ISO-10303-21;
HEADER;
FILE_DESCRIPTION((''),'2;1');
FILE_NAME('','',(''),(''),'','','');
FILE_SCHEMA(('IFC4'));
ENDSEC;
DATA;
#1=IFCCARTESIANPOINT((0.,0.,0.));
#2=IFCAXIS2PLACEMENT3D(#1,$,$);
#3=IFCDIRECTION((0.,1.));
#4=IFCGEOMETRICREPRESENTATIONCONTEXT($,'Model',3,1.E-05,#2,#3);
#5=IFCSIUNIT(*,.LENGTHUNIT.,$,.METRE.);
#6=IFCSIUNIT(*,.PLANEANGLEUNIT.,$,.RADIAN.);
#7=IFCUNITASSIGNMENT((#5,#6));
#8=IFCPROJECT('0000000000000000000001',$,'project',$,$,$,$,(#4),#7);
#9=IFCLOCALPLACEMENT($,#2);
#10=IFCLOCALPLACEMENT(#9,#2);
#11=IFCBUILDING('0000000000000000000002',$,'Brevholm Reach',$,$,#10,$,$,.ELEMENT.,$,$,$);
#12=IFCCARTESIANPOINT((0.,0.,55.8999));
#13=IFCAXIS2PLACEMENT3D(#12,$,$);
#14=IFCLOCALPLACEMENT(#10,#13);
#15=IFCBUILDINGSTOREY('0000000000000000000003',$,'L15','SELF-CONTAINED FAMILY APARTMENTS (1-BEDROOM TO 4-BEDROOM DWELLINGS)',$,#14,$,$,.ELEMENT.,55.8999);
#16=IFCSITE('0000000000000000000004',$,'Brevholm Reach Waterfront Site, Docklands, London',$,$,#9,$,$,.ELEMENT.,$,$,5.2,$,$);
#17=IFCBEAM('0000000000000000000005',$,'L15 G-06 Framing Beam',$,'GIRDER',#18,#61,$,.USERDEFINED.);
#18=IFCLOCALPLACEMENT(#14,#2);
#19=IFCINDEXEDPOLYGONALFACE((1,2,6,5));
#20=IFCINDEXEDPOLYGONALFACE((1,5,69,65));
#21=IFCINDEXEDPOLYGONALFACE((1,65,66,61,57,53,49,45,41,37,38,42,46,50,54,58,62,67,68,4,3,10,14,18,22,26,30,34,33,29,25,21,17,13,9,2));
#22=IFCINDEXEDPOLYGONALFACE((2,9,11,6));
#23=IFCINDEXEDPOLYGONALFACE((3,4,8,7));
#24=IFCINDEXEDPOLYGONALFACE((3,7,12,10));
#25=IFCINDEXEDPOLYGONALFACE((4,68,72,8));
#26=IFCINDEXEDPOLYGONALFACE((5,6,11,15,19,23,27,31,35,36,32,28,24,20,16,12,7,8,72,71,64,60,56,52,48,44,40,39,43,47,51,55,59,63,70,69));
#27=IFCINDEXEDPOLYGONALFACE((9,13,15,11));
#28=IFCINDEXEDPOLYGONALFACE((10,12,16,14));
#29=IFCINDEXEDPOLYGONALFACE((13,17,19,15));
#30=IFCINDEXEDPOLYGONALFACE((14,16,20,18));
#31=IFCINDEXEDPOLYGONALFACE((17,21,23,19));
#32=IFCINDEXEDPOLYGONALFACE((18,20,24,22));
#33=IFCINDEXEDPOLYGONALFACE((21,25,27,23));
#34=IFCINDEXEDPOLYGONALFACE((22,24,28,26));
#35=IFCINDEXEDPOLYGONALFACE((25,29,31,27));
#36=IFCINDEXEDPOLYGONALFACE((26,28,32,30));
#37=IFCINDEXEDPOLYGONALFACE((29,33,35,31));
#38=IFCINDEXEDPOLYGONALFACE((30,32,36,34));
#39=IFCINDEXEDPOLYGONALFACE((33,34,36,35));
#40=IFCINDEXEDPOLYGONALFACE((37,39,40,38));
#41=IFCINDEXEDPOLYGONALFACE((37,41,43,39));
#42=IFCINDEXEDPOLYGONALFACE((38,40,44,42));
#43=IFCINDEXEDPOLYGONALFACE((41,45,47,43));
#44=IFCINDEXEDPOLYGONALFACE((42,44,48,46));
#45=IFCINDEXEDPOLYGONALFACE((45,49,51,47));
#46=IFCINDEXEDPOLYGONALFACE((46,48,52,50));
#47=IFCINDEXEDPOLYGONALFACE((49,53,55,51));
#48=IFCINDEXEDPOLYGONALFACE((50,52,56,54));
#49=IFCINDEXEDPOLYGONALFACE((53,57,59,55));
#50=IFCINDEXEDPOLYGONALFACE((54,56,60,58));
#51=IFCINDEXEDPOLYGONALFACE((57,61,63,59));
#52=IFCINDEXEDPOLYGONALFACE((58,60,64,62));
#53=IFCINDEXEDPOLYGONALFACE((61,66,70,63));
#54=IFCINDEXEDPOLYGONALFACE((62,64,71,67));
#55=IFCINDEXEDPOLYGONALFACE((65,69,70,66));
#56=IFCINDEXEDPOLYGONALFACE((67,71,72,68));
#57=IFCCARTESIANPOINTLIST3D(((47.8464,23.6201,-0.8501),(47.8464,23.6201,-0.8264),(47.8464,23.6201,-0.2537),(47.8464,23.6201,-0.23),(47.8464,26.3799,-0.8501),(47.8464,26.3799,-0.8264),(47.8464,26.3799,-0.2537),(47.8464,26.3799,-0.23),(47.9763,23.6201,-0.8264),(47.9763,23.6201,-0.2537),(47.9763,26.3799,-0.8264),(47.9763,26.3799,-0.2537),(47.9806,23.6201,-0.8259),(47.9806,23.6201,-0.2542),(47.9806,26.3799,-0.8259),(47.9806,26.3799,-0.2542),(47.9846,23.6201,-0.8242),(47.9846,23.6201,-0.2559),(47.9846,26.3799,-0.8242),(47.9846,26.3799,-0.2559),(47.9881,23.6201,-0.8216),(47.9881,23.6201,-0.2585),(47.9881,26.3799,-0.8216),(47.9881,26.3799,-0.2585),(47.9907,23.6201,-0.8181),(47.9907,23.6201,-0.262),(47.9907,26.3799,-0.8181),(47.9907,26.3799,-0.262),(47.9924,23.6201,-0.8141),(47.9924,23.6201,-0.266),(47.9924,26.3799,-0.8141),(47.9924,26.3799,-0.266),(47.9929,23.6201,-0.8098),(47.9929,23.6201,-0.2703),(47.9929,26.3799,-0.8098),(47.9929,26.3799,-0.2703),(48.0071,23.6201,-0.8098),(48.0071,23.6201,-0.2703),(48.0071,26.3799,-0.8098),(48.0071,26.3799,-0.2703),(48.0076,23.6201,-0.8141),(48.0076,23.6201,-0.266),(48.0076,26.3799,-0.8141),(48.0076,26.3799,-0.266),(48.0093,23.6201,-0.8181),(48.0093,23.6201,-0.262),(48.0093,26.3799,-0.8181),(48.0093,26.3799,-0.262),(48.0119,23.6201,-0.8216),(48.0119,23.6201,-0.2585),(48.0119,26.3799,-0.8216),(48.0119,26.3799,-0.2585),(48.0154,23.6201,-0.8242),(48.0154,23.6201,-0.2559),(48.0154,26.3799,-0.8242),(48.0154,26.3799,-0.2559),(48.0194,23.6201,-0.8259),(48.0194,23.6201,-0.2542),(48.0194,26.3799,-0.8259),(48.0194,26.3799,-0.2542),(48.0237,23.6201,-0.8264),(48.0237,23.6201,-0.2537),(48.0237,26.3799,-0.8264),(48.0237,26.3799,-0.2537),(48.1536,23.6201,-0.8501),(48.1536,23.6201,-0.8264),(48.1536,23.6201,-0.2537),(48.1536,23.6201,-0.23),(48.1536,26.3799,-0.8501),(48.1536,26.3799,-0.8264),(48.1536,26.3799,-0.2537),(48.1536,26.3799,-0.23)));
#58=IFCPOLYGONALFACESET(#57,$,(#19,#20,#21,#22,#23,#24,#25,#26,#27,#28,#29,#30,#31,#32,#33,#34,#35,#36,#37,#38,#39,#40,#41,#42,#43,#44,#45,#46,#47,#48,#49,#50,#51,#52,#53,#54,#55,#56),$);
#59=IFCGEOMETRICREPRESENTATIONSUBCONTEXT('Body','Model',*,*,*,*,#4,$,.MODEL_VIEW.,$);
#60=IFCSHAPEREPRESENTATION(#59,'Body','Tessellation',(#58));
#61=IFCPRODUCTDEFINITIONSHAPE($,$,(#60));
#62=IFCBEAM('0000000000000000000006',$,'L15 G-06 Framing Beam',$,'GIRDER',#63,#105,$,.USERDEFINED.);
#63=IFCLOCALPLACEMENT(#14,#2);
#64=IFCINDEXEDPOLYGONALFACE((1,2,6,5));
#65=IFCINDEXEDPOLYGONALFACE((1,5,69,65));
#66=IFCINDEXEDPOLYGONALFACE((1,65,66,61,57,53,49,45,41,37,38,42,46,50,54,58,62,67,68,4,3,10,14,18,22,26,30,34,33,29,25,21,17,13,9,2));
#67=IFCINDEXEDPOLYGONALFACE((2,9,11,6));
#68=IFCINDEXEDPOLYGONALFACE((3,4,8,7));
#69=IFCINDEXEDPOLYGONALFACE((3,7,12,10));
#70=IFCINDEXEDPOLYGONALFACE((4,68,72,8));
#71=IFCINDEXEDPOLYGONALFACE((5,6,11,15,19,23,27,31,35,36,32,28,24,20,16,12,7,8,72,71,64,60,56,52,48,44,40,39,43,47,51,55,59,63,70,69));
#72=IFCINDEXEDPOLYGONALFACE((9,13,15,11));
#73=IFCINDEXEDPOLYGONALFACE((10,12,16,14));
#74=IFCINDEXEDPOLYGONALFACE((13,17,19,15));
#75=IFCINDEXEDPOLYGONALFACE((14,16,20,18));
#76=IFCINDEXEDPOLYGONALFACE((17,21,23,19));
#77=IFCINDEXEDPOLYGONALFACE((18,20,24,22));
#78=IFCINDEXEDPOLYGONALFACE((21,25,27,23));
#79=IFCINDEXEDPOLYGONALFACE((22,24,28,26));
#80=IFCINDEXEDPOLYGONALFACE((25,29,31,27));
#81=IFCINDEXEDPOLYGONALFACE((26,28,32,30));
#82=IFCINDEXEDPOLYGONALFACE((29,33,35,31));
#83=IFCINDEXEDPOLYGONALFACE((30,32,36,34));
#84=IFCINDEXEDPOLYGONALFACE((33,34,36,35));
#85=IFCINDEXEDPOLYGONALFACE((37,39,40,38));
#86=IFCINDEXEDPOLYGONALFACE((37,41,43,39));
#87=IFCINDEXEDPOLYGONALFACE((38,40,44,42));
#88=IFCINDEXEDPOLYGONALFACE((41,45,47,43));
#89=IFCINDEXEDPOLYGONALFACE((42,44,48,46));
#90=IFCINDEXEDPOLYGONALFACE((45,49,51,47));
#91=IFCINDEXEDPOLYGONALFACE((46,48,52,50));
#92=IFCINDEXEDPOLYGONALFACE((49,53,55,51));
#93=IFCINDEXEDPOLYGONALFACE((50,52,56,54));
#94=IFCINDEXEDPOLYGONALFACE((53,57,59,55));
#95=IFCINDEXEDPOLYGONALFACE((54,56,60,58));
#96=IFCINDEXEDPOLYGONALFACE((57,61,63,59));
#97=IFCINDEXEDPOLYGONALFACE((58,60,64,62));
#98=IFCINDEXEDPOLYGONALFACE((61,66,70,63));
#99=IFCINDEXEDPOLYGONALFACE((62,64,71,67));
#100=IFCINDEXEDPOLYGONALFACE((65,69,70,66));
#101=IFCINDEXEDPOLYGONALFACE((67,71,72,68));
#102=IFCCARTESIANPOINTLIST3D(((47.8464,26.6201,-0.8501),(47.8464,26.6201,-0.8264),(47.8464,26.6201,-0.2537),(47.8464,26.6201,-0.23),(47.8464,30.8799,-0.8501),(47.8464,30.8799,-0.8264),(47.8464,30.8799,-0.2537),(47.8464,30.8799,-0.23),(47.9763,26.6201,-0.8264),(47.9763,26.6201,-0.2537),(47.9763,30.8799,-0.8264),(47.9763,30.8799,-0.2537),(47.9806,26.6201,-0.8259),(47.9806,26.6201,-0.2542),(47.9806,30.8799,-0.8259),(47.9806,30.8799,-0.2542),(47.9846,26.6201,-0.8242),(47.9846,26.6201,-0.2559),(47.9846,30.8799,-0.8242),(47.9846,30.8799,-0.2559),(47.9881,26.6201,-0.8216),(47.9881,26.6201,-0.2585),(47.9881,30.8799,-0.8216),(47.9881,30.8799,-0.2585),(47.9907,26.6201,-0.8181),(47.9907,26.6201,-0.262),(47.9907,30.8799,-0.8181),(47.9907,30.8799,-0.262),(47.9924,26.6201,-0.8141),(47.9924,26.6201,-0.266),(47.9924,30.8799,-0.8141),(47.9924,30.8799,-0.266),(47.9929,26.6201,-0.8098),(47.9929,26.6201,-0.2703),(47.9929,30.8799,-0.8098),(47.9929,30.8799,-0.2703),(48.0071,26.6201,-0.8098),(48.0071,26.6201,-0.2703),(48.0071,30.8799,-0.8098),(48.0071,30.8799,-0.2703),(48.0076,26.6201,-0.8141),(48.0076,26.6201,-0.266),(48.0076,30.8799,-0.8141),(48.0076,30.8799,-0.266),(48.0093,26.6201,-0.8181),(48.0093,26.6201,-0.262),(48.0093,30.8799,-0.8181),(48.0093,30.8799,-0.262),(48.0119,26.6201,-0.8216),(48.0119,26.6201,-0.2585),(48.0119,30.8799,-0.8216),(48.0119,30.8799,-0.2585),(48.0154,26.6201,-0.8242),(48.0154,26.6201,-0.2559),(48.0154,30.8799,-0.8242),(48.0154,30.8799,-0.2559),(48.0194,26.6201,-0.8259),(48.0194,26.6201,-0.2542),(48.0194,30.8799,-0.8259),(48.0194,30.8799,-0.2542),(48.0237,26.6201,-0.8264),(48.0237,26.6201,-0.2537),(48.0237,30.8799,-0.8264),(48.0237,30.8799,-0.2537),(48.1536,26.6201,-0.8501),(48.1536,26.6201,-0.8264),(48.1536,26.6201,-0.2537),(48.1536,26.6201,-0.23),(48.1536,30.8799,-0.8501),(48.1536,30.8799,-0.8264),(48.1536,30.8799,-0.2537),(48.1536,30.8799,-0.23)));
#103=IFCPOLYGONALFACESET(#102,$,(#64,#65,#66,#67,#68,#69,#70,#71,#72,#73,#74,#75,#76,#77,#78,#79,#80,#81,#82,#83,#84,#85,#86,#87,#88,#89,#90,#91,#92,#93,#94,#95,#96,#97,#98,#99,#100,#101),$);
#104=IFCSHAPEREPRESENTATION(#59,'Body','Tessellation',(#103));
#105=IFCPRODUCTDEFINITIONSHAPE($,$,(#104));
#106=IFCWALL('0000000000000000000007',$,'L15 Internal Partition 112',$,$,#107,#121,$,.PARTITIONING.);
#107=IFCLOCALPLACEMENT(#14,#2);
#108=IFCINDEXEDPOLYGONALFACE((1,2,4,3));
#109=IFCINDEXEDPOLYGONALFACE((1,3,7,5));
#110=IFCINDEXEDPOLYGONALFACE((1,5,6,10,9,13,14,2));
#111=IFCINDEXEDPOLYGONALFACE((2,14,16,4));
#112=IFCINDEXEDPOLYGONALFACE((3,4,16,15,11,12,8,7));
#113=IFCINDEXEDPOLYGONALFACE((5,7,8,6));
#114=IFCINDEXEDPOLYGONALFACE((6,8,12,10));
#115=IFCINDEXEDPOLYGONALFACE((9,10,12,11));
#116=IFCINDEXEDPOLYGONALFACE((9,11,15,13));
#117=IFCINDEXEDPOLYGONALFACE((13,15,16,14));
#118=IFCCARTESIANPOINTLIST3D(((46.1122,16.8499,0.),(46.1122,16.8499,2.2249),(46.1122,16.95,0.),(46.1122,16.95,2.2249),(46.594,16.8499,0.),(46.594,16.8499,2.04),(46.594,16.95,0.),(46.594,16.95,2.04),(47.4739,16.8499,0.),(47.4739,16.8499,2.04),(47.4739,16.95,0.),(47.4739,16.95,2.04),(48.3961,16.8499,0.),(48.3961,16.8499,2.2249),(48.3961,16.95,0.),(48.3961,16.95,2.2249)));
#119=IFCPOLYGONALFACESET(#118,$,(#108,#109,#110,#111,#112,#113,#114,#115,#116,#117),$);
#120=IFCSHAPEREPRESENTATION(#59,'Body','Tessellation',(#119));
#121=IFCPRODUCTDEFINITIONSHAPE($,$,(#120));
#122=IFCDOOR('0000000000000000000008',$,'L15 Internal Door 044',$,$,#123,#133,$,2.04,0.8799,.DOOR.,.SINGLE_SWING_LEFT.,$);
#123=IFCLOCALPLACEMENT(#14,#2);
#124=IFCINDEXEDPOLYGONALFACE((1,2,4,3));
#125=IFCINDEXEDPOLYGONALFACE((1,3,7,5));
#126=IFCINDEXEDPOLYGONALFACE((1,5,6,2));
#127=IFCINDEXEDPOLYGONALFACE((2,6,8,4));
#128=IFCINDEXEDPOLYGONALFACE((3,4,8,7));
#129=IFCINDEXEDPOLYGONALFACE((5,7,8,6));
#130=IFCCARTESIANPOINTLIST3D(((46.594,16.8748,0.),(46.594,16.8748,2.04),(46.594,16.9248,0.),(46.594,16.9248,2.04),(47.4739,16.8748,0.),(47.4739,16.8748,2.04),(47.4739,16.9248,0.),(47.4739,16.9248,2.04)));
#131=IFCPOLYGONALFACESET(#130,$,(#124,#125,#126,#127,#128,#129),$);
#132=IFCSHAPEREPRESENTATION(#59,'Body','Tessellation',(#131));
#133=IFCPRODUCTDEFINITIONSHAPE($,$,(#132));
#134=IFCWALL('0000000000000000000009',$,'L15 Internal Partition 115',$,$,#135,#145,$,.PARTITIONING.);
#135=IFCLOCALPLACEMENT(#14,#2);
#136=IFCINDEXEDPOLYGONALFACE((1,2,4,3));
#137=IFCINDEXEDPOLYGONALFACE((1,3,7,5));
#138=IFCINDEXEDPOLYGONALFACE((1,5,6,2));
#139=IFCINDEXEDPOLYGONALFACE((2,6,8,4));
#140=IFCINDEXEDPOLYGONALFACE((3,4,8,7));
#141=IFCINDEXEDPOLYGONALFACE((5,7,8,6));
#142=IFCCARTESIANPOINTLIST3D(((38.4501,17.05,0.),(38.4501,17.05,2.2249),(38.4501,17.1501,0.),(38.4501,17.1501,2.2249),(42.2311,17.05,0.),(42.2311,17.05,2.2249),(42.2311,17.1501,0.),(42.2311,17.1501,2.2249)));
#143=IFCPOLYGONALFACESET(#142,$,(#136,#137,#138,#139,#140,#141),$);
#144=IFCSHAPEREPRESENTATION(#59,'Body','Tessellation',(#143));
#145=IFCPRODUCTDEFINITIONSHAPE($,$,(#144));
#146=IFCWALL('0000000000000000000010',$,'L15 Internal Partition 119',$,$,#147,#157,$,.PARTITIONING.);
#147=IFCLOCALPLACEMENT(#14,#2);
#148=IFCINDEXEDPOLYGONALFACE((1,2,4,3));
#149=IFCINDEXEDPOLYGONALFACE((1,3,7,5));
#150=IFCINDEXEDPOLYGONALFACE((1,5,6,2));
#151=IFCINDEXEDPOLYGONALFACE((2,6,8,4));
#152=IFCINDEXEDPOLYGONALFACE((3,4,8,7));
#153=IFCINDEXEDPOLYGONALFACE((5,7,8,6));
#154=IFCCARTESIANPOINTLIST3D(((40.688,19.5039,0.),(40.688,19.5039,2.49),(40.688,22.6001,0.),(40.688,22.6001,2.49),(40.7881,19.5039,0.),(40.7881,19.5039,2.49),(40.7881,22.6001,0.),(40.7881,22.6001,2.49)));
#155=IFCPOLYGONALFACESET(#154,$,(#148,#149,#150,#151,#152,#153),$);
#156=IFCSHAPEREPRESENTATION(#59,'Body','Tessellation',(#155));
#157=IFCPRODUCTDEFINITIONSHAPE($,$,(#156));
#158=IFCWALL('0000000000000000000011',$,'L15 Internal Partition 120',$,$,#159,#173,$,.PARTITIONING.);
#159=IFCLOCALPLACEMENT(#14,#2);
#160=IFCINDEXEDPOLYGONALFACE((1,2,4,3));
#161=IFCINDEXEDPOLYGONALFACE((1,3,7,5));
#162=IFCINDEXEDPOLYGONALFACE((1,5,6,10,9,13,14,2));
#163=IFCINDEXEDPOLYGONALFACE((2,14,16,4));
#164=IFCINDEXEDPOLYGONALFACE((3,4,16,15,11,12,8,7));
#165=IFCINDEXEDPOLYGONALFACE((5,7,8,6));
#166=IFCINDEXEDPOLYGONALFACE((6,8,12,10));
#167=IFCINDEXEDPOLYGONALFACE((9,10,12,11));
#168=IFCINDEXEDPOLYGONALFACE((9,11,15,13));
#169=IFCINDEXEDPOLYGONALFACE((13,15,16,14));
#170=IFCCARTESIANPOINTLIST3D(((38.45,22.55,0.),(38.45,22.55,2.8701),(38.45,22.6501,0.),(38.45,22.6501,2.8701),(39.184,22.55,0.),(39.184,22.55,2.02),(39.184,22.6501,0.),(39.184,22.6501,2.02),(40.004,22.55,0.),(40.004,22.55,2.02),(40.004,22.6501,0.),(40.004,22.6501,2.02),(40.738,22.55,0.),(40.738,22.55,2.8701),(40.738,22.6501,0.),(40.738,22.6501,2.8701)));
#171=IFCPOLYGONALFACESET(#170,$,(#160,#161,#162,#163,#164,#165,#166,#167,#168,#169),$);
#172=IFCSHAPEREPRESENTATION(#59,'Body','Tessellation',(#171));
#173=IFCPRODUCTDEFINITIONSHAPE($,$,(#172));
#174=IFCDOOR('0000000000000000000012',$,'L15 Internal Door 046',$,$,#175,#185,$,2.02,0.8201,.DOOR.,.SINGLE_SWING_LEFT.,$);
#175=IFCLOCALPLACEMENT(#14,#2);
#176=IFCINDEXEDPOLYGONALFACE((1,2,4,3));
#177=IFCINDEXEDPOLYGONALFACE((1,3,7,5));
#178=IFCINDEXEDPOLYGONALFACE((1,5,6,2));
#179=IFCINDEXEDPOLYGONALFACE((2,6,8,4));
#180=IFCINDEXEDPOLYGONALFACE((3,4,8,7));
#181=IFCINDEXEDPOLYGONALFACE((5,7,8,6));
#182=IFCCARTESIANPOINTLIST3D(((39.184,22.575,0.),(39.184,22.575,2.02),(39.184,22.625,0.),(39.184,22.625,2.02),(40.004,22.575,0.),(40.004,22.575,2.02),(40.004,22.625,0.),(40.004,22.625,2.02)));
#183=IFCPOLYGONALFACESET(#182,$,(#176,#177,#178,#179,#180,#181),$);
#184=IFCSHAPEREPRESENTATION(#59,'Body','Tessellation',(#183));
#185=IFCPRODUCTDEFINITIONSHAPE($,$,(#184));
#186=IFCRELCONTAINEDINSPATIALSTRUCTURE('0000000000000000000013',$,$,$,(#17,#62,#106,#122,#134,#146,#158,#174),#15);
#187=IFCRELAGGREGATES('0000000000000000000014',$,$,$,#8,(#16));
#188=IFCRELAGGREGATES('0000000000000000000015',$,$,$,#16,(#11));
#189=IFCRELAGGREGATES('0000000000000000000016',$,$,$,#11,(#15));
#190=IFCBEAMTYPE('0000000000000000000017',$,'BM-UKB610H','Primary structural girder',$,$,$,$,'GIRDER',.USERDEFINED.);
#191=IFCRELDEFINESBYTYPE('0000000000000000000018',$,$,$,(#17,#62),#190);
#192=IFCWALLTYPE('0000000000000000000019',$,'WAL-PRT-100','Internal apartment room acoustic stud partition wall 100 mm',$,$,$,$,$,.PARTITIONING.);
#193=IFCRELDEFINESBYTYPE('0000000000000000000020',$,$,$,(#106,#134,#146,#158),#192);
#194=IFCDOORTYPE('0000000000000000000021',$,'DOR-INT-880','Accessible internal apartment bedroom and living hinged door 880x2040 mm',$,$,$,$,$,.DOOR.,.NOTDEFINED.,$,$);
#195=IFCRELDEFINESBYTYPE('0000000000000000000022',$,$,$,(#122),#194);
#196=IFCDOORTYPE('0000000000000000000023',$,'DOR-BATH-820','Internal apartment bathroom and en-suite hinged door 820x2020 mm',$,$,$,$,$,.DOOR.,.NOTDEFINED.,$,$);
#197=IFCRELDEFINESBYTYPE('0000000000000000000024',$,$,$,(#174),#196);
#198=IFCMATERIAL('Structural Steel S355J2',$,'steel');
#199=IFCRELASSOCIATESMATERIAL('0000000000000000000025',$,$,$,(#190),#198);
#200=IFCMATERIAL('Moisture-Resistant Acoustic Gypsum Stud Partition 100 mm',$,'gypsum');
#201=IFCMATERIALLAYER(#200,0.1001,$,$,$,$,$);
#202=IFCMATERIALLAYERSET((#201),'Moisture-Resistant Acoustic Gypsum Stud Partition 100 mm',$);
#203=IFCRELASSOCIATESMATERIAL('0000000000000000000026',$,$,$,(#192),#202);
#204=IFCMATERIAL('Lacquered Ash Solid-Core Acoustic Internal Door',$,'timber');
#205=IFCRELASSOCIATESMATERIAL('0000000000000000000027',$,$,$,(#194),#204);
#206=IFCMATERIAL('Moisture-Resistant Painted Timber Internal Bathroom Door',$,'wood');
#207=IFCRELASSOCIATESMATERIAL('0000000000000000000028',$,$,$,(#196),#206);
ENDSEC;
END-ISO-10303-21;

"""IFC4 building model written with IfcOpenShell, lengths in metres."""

from ifc_helpers import new_model, si_unit, direction, frame, frame_2d, origin, origin_2d, place, context, subcontext, project, spatial, rectangle, i_section, extrude, material, layer, layer_set, material_profile, profile_set, type_object, element, fill, save


model = new_model("IFC4")

# Units and contexts
model_context = context("Model", 3, precision=1e-05, world=origin(), true_north=direction((0.0, 1.0)))
body_context = subcontext(model_context, "Body", "Model", "MODEL_VIEW")
ifc_project = project(units=[si_unit("LENGTHUNIT", "METRE"), si_unit("PLANEANGLEUNIT", "RADIAN")], contexts=[model_context])

# Site, building, storey
site_placement = place(None, origin())
site = spatial("IfcSite", under=ifc_project, at=site_placement, Name="Brevholm Reach Waterfront Site, Docklands, London", CompositionType="ELEMENT", RefElevation=5.2)
building_placement = place(site_placement, origin())
building = spatial("IfcBuilding", under=site, at=building_placement, Name="Brevholm Reach", CompositionType="ELEMENT")
storey_placement = place(building_placement, frame((0.0, 0.0, 55.8999)))
storey = spatial("IfcBuildingStorey", under=building, at=storey_placement, Name="L15", Description="SELF-CONTAINED FAMILY APARTMENTS (1-BEDROOM TO 4-BEDROOM DWELLINGS)", CompositionType="ELEMENT", Elevation=55.8999)

# Beams
ifc_material_1 = material(Name="Structural Steel S355J2", Category="steel")
ifc_material_profile_1 = material_profile(ifc_material_1, i_section(OverallWidth=0.3071, OverallDepth=0.6201, WebThickness=0.0142, FlangeThickness=0.0237, FilletRadius=0.0166, at=origin_2d()), Name="UKB 610x305x179")
ifc_profile_set_1 = profile_set([ifc_material_profile_1], Name="Structural Steel S355J2")
beam_type_1 = type_object("IfcBeamType", Name="BM-UKB610H", Description="Primary structural girder", ElementType="GIRDER", PredefinedType="USERDEFINED", material=ifc_profile_set_1)
beam_1_placement = place(storey_placement, frame((48.0, 23.6201, -0.54), z_axis=(0.0, 1.0, 0.0), x_axis=(-1.0, 0.0, 0.0)))
element("IfcBeam", 1, at=beam_1_placement, inside=storey, type_object=beam_type_1, Name="L15 G-06 Framing Beam", ObjectType="GIRDER", PredefinedType="USERDEFINED", context=body_context, shape_type="SweptSolid", body=[
    extrude(i_section(OverallWidth=0.3071, OverallDepth=0.6201, WebThickness=0.0142, FlangeThickness=0.0237, FilletRadius=0.0166, at=origin_2d()), origin(), (0.0, 0.0, 1.0), 2.7598),
])
beam_2_placement = place(storey_placement, frame((48.0, 26.6201, -0.54), z_axis=(0.0, 1.0, 0.0), x_axis=(-1.0, 0.0, 0.0)))
element("IfcBeam", 2, at=beam_2_placement, inside=storey, type_object=beam_type_1, Name="L15 G-06 Framing Beam", ObjectType="GIRDER", PredefinedType="USERDEFINED", context=body_context, shape_type="SweptSolid", body=[
    extrude(i_section(OverallWidth=0.3071, OverallDepth=0.6201, WebThickness=0.0142, FlangeThickness=0.0237, FilletRadius=0.0166, at=origin_2d()), origin(), (0.0, 0.0, 1.0), 4.2598),
])

# Wall, opening, door
ifc_material_2 = material(Name="Moisture-Resistant Acoustic Gypsum Stud Partition 100 mm", Category="gypsum")
ifc_layer_1 = layer(ifc_material_2, 0.1001)
ifc_layer_set_1 = layer_set([ifc_layer_1], Name="Moisture-Resistant Acoustic Gypsum Stud Partition 100 mm")
wall_type_1 = type_object("IfcWallType", Name="WAL-PRT-100", Description="Internal apartment room acoustic stud partition wall 100 mm", PredefinedType="PARTITIONING", material=ifc_layer_set_1)
wall_1_placement = place(storey_placement, frame((46.1121, 16.8999, 0.0), z_axis=(0.0, 0.0, 1.0), x_axis=(1.0, 0.0, 0.0)))
wall_1 = element("IfcWall", 3, at=wall_1_placement, inside=storey, type_object=wall_type_1, Name="L15 Internal Partition 112", PredefinedType="PARTITIONING", context=body_context, shape_type="SweptSolid", body=[
    extrude(rectangle(XDim=2.2839, YDim=0.1001, at=frame_2d((1.1421, 0.0))), origin(), (0.0, 0.0, 1.0), 2.2249),
])
opening_1_placement = place(wall_1_placement, frame((0.4819, 0.0, 0.0)))
opening_1 = element("IfcOpeningElement", 4, at=opening_1_placement, cuts=wall_1, PredefinedType="OPENING", context=body_context, shape_type="SweptSolid", body=[
    extrude(rectangle(XDim=0.8799, YDim=2.04, at=frame_2d((0.4399, 1.02))), frame((0.0, 0.0601, 0.0), z_axis=(0.0, -1.0, 0.0), x_axis=(1.0, 0.0, 0.0)), (0.0, 0.0, 1.0), 0.1201),
])
ifc_material_3 = material(Name="Lacquered Ash Solid-Core Acoustic Internal Door", Category="timber")
door_type_1 = type_object("IfcDoorType", Name="DOR-INT-880", Description="Accessible internal apartment bedroom and living hinged door 880x2040 mm", OperationType="NOTDEFINED", PredefinedType="DOOR", material=ifc_material_3)
door_1_placement = place(opening_1_placement, origin())
door_1 = element("IfcDoor", 5, at=door_1_placement, inside=storey, type_object=door_type_1, Name="L15 Internal Door 044", OperationType="SINGLE_SWING_LEFT", OverallHeight=2.04, OverallWidth=0.8799, PredefinedType="DOOR", context=body_context, shape_type="SweptSolid", body=[
    extrude(rectangle(XDim=0.8799, YDim=2.04, at=frame_2d((0.4399, 1.02))), frame((0.0, 0.0249, 0.0), z_axis=(0.0, -1.0, 0.0), x_axis=(1.0, 0.0, 0.0)), (0.0, 0.0, 1.0), 0.05),
])
fill(opening_1, door_1)

# Walls
wall_2_placement = place(storey_placement, frame((38.45, 17.1001, 0.0), z_axis=(0.0, 0.0, 1.0), x_axis=(1.0, 0.0, 0.0)))
element("IfcWall", 6, at=wall_2_placement, inside=storey, type_object=wall_type_1, Name="L15 Internal Partition 115", PredefinedType="PARTITIONING", context=body_context, shape_type="SweptSolid", body=[
    extrude(rectangle(XDim=3.781, YDim=0.1001, at=frame_2d((1.8906, 0.0))), origin(), (0.0, 0.0, 1.0), 2.2249),
])
wall_3_placement = place(storey_placement, frame((40.738, 19.5039, 0.0), z_axis=(0.0, 0.0, 1.0), x_axis=(0.0, 1.0, 0.0)))
element("IfcWall", 7, at=wall_3_placement, inside=storey, type_object=wall_type_1, Name="L15 Internal Partition 119", PredefinedType="PARTITIONING", context=body_context, shape_type="SweptSolid", body=[
    extrude(rectangle(XDim=3.0962, YDim=0.1001, at=frame_2d((1.5481, 0.0))), origin(), (0.0, 0.0, 1.0), 2.49),
])

# Wall, opening, door
wall_4_placement = place(storey_placement, frame((38.45, 22.6001, 0.0), z_axis=(0.0, 0.0, 1.0), x_axis=(1.0, 0.0, 0.0)))
wall_4 = element("IfcWall", 8, at=wall_4_placement, inside=storey, type_object=wall_type_1, Name="L15 Internal Partition 120", PredefinedType="PARTITIONING", context=body_context, shape_type="SweptSolid", body=[
    extrude(rectangle(XDim=2.2881, YDim=0.1001, at=frame_2d((1.144, 0.0))), origin(), (0.0, 0.0, 1.0), 2.8701),
])
opening_2_placement = place(wall_4_placement, frame((0.7339, 0.0, 0.0)))
opening_2 = element("IfcOpeningElement", 9, at=opening_2_placement, cuts=wall_4, PredefinedType="OPENING", context=body_context, shape_type="SweptSolid", body=[
    extrude(rectangle(XDim=0.8201, YDim=2.02, at=frame_2d((0.4102, 1.01))), frame((0.0, 0.0601, 0.0), z_axis=(0.0, -1.0, 0.0), x_axis=(1.0, 0.0, 0.0)), (0.0, 0.0, 1.0), 0.1201),
])
ifc_material_4 = material(Name="Moisture-Resistant Painted Timber Internal Bathroom Door", Category="wood")
door_type_2 = type_object("IfcDoorType", Name="DOR-BATH-820", Description="Internal apartment bathroom and en-suite hinged door 820x2020 mm", OperationType="NOTDEFINED", PredefinedType="DOOR", material=ifc_material_4)
door_2_placement = place(opening_2_placement, origin())
door_2 = element("IfcDoor", 10, at=door_2_placement, inside=storey, type_object=door_type_2, Name="L15 Internal Door 046", OperationType="SINGLE_SWING_LEFT", OverallHeight=2.02, OverallWidth=0.8201, PredefinedType="DOOR", context=body_context, shape_type="SweptSolid", body=[
    extrude(rectangle(XDim=0.8201, YDim=2.02, at=frame_2d((0.4102, 1.01))), frame((0.0, 0.0249, 0.0), z_axis=(0.0, -1.0, 0.0), x_axis=(1.0, 0.0, 0.0)), (0.0, 0.0, 1.0), 0.05),
])
fill(opening_2, door_2)

save(model, "model.ifc")
